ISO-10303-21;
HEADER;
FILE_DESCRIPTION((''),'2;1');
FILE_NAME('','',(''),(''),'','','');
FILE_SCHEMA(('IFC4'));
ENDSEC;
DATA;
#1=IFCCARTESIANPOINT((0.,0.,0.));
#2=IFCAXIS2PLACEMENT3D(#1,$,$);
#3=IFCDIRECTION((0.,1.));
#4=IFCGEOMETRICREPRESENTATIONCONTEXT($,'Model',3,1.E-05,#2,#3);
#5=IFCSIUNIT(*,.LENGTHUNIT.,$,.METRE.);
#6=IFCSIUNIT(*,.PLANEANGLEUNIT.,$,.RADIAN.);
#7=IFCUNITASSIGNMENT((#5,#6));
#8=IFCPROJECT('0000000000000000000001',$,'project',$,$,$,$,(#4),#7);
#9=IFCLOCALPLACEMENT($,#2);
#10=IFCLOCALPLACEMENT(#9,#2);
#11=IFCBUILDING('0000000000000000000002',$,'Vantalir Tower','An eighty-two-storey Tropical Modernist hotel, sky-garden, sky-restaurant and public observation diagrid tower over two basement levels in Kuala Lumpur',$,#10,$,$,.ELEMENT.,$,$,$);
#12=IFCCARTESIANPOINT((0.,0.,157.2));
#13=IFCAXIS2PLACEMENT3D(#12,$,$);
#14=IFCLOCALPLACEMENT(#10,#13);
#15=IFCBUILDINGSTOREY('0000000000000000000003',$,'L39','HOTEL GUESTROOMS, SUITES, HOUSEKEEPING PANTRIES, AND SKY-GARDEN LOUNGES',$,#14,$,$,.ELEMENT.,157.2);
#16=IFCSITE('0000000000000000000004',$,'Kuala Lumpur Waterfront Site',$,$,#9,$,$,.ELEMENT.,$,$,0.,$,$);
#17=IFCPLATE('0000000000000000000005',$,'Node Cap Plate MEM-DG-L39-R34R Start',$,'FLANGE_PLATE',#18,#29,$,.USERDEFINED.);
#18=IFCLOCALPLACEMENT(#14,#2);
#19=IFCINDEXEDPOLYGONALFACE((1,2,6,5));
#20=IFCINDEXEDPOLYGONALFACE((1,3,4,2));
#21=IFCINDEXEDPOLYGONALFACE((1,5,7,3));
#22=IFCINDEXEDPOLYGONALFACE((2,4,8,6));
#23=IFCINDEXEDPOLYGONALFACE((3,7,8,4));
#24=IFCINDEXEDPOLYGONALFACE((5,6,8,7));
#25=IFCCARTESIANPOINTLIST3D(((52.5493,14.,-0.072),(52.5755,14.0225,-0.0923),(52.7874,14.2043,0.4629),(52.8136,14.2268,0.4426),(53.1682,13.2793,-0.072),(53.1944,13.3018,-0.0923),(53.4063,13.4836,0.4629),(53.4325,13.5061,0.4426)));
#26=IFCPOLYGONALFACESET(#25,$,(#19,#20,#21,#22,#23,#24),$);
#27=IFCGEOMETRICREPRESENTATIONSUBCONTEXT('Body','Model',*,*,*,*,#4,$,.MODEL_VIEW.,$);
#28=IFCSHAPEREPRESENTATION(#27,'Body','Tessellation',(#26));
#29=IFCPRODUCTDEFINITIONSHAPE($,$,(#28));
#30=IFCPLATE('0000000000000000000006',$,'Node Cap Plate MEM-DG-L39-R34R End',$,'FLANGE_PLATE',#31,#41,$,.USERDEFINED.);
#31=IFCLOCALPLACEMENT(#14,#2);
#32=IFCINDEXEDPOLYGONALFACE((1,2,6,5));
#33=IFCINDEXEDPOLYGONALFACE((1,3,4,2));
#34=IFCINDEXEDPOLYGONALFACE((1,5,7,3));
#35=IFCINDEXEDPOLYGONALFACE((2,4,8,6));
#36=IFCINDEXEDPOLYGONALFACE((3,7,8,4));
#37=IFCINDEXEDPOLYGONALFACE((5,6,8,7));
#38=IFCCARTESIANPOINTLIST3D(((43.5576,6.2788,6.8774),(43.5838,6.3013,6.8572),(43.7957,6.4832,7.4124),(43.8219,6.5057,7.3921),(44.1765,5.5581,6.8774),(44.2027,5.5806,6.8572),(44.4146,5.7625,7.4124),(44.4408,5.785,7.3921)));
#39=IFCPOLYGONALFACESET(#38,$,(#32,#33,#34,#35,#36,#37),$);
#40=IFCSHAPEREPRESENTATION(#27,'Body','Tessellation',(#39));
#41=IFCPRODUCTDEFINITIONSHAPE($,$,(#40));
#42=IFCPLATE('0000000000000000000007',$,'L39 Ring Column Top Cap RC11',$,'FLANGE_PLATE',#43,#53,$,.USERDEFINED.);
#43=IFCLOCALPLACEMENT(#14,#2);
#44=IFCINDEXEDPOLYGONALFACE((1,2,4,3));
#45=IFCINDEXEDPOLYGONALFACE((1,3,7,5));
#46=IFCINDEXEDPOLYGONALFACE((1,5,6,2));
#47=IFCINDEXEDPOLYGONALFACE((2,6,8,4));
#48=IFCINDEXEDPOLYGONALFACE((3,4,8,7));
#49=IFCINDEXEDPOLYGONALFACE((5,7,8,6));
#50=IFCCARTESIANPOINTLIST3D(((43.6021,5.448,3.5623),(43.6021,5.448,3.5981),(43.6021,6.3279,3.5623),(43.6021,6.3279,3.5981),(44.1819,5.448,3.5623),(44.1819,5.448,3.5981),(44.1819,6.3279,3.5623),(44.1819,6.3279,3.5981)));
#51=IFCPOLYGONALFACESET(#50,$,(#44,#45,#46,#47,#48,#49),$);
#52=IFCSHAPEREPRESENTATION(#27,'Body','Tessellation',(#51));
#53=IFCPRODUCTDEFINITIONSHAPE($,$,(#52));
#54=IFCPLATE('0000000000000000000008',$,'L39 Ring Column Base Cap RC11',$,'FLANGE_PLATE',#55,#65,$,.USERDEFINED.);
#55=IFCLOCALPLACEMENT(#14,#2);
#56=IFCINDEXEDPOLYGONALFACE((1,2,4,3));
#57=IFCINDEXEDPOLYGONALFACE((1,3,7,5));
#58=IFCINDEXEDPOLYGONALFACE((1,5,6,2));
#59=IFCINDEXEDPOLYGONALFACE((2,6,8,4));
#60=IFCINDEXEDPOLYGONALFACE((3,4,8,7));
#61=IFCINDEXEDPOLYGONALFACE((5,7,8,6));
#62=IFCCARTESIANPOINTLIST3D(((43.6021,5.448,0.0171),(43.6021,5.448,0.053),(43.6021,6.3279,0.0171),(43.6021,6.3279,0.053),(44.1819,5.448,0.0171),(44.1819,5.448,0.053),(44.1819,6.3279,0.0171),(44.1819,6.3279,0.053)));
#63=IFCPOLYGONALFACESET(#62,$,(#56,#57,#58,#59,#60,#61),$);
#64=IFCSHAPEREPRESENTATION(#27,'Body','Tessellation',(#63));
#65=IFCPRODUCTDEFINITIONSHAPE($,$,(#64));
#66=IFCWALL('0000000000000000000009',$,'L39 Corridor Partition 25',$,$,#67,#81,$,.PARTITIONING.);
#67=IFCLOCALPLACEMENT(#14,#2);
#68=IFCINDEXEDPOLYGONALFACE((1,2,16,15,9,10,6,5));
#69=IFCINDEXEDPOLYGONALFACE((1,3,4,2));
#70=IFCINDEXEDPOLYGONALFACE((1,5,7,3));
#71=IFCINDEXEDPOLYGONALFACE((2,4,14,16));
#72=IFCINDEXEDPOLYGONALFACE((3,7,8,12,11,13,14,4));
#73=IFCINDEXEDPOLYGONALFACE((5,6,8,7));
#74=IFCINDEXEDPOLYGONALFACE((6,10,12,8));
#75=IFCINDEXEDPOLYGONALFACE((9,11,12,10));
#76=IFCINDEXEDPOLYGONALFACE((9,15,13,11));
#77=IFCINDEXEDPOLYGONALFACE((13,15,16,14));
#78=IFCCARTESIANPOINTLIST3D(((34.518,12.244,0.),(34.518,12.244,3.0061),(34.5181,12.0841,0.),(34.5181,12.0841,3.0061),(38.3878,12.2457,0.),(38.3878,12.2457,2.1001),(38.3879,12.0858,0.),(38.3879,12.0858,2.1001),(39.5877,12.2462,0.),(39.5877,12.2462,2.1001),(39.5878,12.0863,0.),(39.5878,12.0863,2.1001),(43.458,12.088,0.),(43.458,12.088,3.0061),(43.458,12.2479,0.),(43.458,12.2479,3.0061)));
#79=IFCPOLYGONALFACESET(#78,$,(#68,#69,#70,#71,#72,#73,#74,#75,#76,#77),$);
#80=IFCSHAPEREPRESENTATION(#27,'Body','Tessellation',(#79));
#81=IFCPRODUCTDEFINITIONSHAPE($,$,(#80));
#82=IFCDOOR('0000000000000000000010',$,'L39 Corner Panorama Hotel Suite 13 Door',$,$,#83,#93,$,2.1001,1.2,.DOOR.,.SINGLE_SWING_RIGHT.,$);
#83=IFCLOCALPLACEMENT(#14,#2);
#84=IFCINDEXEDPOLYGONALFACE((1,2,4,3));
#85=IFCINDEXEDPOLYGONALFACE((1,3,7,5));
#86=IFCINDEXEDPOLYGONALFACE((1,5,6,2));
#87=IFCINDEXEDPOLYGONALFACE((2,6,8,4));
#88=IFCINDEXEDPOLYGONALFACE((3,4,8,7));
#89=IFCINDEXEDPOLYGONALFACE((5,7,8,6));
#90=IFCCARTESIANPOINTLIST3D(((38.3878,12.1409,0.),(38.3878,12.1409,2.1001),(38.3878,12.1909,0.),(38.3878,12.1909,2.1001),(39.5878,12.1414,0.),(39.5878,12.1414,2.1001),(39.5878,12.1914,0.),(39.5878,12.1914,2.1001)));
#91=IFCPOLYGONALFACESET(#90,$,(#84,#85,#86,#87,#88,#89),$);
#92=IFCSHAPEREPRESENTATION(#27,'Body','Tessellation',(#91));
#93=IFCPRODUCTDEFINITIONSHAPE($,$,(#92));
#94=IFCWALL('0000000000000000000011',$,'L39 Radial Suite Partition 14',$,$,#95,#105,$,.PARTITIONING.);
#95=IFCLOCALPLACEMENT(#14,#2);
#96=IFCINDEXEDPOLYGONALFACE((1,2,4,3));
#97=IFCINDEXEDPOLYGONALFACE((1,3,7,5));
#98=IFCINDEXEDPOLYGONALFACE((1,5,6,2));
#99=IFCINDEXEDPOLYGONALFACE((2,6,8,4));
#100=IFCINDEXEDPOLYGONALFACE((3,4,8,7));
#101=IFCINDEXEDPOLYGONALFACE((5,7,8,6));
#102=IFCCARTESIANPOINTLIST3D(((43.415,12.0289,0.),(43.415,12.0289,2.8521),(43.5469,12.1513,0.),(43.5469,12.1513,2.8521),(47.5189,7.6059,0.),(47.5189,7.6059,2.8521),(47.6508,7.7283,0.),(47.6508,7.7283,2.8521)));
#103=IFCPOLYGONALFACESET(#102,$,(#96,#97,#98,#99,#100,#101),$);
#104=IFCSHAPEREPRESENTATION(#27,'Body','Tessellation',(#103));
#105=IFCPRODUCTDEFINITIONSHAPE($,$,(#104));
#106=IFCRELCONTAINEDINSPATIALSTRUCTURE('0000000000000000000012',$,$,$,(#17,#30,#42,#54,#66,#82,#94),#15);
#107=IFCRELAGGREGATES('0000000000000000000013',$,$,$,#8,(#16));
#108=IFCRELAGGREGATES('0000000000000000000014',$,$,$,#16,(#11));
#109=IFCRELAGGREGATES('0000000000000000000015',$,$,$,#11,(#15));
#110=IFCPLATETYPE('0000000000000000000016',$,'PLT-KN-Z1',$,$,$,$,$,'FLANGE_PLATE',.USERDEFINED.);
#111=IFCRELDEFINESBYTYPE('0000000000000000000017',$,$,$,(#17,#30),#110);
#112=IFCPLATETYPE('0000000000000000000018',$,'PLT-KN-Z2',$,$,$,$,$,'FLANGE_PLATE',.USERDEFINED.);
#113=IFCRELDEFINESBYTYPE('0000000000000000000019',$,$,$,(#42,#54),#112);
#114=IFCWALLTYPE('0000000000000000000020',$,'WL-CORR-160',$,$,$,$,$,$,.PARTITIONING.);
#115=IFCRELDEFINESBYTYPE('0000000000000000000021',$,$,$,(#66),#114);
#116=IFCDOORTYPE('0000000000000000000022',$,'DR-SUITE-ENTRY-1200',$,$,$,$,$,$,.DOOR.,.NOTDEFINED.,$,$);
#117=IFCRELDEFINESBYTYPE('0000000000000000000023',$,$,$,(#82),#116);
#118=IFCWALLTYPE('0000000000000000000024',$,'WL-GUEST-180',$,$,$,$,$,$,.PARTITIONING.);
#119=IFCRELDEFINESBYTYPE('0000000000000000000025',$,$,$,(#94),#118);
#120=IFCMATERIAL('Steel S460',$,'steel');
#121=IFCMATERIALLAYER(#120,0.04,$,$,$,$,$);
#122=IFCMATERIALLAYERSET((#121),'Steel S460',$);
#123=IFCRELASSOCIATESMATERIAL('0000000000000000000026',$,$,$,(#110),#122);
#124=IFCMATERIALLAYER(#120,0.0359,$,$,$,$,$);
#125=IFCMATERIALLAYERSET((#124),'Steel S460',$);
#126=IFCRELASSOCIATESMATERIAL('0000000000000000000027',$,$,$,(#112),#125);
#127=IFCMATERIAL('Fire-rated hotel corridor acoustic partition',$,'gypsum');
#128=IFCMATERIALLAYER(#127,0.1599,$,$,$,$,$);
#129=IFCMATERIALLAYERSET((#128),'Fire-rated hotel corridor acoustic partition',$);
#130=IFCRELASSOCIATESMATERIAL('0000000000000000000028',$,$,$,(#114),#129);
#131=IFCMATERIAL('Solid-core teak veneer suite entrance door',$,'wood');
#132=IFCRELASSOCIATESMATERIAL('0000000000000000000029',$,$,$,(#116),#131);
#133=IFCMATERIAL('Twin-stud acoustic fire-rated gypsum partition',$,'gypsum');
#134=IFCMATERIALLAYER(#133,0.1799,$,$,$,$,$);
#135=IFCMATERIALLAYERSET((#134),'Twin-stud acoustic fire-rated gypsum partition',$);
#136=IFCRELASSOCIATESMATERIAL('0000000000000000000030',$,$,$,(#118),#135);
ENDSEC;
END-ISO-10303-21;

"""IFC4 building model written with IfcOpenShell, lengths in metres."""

from ifc_helpers import new_model, si_unit, direction, frame, frame_2d, origin, place, context, subcontext, project, spatial, polyline, rectangle, outline, extrude, material, layer, layer_set, type_object, element, fill, save


model = new_model("IFC4")

# Units and contexts
model_context = context("Model", 3, precision=1e-05, world=origin(), true_north=direction((0.0, 1.0)))
body_context = subcontext(model_context, "Body", "Model", "MODEL_VIEW")
ifc_project = project(units=[si_unit("LENGTHUNIT", "METRE"), si_unit("PLANEANGLEUNIT", "RADIAN")], contexts=[model_context])

# Site, building, storey
site_placement = place(None, origin())
site = spatial("IfcSite", under=ifc_project, at=site_placement, Name="Kuala Lumpur Waterfront Site", CompositionType="ELEMENT", RefElevation=0.0)
building_placement = place(site_placement, origin())
building = spatial("IfcBuilding", under=site, at=building_placement, Name="Vantalir Tower", Description="An eighty-two-storey Tropical Modernist hotel, sky-garden, sky-restaurant and public observation diagrid tower over two basement levels in Kuala Lumpur", CompositionType="ELEMENT")
storey_placement = place(building_placement, frame((0.0, 0.0, 157.2)))
storey = spatial("IfcBuildingStorey", under=building, at=storey_placement, Name="L39", Description="HOTEL GUESTROOMS, SUITES, HOUSEKEEPING PANTRIES, AND SKY-GARDEN LOUNGES", CompositionType="ELEMENT", Elevation=157.2)

# Shared definitions
ifc_material_1 = material(Name="Steel S460", Category="steel")

# Plates
ifc_layer_1 = layer(ifc_material_1, 0.04)
ifc_layer_set_1 = layer_set([ifc_layer_1], Name="Steel S460")
plate_type_1 = type_object("IfcPlateType", Name="PLT-KN-Z1", ElementType="FLANGE_PLATE", PredefinedType="USERDEFINED", material=ifc_layer_set_1)
for number, where, z_axis, x_axis, name in (
    (1, (52.5493, 14.0, -0.072), (-0.654413, -0.561971, 0.505898), (0.65149, -0.758658, 0.0), "Node Cap Plate MEM-DG-L39-R34R Start"),
    (2, (43.5576, 6.2788, 6.8774), (-0.654413, -0.561971, 0.505898), (0.65149, -0.758658, 0.0), "Node Cap Plate MEM-DG-L39-R34R End"),
):
    element("IfcPlate", number, at=place(storey_placement, frame(where, z_axis=z_axis, x_axis=x_axis)), inside=storey, type_object=plate_type_1, Name=name, ObjectType="FLANGE_PLATE", PredefinedType="USERDEFINED", context=body_context, shape_type="SweptSolid", body=[
        extrude(outline(polyline([(0.0, 0.0), (0.95, 0.0), (0.95, 0.6201), (0.0001, 0.6201), (0.0, 0.0)])), origin(), (0.0, 0.0, -1.0), 0.04),
    ])
ifc_layer_2 = layer(ifc_material_1, 0.0359)
ifc_layer_set_2 = layer_set([ifc_layer_2], Name="Steel S460")
plate_type_2 = type_object("IfcPlateType", Name="PLT-KN-Z2", ElementType="FLANGE_PLATE", PredefinedType="USERDEFINED", material=ifc_layer_set_2)
for number, where, z_axis, x_axis, name in (
    (3, (43.6021, 6.3279, 3.5981), (0.0, 0.0, 1.0), (0.0, -1.0, 0.0), "L39 Ring Column Top Cap RC11"),
    (4, (43.6021, 6.3279, 0.053), (0.0, 0.0, 1.0), (0.0, -1.0, 0.0), "L39 Ring Column Base Cap RC11"),
):
    element("IfcPlate", number, at=place(storey_placement, frame(where, z_axis=z_axis, x_axis=x_axis)), inside=storey, type_object=plate_type_2, Name=name, ObjectType="FLANGE_PLATE", PredefinedType="USERDEFINED", context=body_context, shape_type="SweptSolid", body=[
        extrude(outline(polyline([(0.0, 0.0), (0.8799, 0.0), (0.8799, 0.5798), (0.0, 0.5798), (0.0, 0.0)])), origin(), (0.0, 0.0, -1.0), 0.0359),
    ])

# Wall, opening, door
ifc_material_2 = material(Name="Fire-rated hotel corridor acoustic partition", Category="gypsum")
ifc_layer_3 = layer(ifc_material_2, 0.1599)
ifc_layer_set_3 = layer_set([ifc_layer_3], Name="Fire-rated hotel corridor acoustic partition")
wall_type_1 = type_object("IfcWallType", Name="WL-CORR-160", PredefinedType="PARTITIONING", material=ifc_layer_set_3)
wall_1_placement = place(storey_placement, frame((43.458, 12.168, 0.0), z_axis=(0.0, 0.0, 1.0), x_axis=(-1.0, -0.000437, 0.0)))
wall_1 = element("IfcWall", 5, at=wall_1_placement, inside=storey, type_object=wall_type_1, Name="L39 Corridor Partition 25", PredefinedType="PARTITIONING", context=body_context, shape_type="SweptSolid", body=[
    extrude(rectangle(XDim=8.9399, YDim=0.1599, at=frame_2d((4.47, 0.0))), origin(), (0.0, 0.0, 1.0), 3.0061),
])
opening_placement = place(wall_1_placement, frame((3.8701, 0.0, 0.0)))
opening = element("IfcOpeningElement", 6, at=opening_placement, cuts=wall_1, PredefinedType="OPENING", context=body_context, shape_type="SweptSolid", body=[
    extrude(rectangle(XDim=1.2, YDim=2.1001, at=frame_2d((0.6001, 1.05))), frame((0.0, 0.0898, 0.0), z_axis=(0.0, -1.0, 0.0), x_axis=(1.0, 0.0, 0.0)), (0.0, 0.0, 1.0), 0.1799),
])
ifc_material_3 = material(Name="Solid-core teak veneer suite entrance door", Category="wood")
door_type = type_object("IfcDoorType", Name="DR-SUITE-ENTRY-1200", OperationType="NOTDEFINED", PredefinedType="DOOR", material=ifc_material_3)
door_placement = place(opening_placement, origin())
door = element("IfcDoor", 7, at=door_placement, inside=storey, type_object=door_type, Name="L39 Corner Panorama Hotel Suite 13 Door", OperationType="SINGLE_SWING_RIGHT", OverallHeight=2.1001, OverallWidth=1.2, PredefinedType="DOOR", context=body_context, shape_type="SweptSolid", body=[
    extrude(rectangle(XDim=1.2, YDim=2.1001, at=frame_2d((0.6001, 1.05))), frame((0.0, 0.0249, 0.0), z_axis=(0.0, -1.0, 0.0), x_axis=(1.0, 0.0, 0.0)), (0.0, 0.0, 1.0), 0.05),
])
fill(opening, door)

# Wall
ifc_material_4 = material(Name="Twin-stud acoustic fire-rated gypsum partition", Category="gypsum")
ifc_layer_4 = layer(ifc_material_4, 0.1799)
ifc_layer_set_4 = layer_set([ifc_layer_4], Name="Twin-stud acoustic fire-rated gypsum partition")
wall_type_2 = type_object("IfcWallType", Name="WL-GUEST-180", PredefinedType="PARTITIONING", material=ifc_layer_set_4)
wall_2_placement = place(storey_placement, frame((43.481, 12.0901, 0.0), z_axis=(0.0, 0.0, 1.0), x_axis=(0.68017, -0.733054, 0.0)))
element("IfcWall", 8, at=wall_2_placement, inside=storey, type_object=wall_type_2, Name="L39 Radial Suite Partition 14", PredefinedType="PARTITIONING", context=body_context, shape_type="SweptSolid", body=[
    extrude(rectangle(XDim=6.0337, YDim=0.1799, at=frame_2d((3.0168, 0.0))), origin(), (0.0, 0.0, 1.0), 2.8521),
])

save(model, "model.ifc")
